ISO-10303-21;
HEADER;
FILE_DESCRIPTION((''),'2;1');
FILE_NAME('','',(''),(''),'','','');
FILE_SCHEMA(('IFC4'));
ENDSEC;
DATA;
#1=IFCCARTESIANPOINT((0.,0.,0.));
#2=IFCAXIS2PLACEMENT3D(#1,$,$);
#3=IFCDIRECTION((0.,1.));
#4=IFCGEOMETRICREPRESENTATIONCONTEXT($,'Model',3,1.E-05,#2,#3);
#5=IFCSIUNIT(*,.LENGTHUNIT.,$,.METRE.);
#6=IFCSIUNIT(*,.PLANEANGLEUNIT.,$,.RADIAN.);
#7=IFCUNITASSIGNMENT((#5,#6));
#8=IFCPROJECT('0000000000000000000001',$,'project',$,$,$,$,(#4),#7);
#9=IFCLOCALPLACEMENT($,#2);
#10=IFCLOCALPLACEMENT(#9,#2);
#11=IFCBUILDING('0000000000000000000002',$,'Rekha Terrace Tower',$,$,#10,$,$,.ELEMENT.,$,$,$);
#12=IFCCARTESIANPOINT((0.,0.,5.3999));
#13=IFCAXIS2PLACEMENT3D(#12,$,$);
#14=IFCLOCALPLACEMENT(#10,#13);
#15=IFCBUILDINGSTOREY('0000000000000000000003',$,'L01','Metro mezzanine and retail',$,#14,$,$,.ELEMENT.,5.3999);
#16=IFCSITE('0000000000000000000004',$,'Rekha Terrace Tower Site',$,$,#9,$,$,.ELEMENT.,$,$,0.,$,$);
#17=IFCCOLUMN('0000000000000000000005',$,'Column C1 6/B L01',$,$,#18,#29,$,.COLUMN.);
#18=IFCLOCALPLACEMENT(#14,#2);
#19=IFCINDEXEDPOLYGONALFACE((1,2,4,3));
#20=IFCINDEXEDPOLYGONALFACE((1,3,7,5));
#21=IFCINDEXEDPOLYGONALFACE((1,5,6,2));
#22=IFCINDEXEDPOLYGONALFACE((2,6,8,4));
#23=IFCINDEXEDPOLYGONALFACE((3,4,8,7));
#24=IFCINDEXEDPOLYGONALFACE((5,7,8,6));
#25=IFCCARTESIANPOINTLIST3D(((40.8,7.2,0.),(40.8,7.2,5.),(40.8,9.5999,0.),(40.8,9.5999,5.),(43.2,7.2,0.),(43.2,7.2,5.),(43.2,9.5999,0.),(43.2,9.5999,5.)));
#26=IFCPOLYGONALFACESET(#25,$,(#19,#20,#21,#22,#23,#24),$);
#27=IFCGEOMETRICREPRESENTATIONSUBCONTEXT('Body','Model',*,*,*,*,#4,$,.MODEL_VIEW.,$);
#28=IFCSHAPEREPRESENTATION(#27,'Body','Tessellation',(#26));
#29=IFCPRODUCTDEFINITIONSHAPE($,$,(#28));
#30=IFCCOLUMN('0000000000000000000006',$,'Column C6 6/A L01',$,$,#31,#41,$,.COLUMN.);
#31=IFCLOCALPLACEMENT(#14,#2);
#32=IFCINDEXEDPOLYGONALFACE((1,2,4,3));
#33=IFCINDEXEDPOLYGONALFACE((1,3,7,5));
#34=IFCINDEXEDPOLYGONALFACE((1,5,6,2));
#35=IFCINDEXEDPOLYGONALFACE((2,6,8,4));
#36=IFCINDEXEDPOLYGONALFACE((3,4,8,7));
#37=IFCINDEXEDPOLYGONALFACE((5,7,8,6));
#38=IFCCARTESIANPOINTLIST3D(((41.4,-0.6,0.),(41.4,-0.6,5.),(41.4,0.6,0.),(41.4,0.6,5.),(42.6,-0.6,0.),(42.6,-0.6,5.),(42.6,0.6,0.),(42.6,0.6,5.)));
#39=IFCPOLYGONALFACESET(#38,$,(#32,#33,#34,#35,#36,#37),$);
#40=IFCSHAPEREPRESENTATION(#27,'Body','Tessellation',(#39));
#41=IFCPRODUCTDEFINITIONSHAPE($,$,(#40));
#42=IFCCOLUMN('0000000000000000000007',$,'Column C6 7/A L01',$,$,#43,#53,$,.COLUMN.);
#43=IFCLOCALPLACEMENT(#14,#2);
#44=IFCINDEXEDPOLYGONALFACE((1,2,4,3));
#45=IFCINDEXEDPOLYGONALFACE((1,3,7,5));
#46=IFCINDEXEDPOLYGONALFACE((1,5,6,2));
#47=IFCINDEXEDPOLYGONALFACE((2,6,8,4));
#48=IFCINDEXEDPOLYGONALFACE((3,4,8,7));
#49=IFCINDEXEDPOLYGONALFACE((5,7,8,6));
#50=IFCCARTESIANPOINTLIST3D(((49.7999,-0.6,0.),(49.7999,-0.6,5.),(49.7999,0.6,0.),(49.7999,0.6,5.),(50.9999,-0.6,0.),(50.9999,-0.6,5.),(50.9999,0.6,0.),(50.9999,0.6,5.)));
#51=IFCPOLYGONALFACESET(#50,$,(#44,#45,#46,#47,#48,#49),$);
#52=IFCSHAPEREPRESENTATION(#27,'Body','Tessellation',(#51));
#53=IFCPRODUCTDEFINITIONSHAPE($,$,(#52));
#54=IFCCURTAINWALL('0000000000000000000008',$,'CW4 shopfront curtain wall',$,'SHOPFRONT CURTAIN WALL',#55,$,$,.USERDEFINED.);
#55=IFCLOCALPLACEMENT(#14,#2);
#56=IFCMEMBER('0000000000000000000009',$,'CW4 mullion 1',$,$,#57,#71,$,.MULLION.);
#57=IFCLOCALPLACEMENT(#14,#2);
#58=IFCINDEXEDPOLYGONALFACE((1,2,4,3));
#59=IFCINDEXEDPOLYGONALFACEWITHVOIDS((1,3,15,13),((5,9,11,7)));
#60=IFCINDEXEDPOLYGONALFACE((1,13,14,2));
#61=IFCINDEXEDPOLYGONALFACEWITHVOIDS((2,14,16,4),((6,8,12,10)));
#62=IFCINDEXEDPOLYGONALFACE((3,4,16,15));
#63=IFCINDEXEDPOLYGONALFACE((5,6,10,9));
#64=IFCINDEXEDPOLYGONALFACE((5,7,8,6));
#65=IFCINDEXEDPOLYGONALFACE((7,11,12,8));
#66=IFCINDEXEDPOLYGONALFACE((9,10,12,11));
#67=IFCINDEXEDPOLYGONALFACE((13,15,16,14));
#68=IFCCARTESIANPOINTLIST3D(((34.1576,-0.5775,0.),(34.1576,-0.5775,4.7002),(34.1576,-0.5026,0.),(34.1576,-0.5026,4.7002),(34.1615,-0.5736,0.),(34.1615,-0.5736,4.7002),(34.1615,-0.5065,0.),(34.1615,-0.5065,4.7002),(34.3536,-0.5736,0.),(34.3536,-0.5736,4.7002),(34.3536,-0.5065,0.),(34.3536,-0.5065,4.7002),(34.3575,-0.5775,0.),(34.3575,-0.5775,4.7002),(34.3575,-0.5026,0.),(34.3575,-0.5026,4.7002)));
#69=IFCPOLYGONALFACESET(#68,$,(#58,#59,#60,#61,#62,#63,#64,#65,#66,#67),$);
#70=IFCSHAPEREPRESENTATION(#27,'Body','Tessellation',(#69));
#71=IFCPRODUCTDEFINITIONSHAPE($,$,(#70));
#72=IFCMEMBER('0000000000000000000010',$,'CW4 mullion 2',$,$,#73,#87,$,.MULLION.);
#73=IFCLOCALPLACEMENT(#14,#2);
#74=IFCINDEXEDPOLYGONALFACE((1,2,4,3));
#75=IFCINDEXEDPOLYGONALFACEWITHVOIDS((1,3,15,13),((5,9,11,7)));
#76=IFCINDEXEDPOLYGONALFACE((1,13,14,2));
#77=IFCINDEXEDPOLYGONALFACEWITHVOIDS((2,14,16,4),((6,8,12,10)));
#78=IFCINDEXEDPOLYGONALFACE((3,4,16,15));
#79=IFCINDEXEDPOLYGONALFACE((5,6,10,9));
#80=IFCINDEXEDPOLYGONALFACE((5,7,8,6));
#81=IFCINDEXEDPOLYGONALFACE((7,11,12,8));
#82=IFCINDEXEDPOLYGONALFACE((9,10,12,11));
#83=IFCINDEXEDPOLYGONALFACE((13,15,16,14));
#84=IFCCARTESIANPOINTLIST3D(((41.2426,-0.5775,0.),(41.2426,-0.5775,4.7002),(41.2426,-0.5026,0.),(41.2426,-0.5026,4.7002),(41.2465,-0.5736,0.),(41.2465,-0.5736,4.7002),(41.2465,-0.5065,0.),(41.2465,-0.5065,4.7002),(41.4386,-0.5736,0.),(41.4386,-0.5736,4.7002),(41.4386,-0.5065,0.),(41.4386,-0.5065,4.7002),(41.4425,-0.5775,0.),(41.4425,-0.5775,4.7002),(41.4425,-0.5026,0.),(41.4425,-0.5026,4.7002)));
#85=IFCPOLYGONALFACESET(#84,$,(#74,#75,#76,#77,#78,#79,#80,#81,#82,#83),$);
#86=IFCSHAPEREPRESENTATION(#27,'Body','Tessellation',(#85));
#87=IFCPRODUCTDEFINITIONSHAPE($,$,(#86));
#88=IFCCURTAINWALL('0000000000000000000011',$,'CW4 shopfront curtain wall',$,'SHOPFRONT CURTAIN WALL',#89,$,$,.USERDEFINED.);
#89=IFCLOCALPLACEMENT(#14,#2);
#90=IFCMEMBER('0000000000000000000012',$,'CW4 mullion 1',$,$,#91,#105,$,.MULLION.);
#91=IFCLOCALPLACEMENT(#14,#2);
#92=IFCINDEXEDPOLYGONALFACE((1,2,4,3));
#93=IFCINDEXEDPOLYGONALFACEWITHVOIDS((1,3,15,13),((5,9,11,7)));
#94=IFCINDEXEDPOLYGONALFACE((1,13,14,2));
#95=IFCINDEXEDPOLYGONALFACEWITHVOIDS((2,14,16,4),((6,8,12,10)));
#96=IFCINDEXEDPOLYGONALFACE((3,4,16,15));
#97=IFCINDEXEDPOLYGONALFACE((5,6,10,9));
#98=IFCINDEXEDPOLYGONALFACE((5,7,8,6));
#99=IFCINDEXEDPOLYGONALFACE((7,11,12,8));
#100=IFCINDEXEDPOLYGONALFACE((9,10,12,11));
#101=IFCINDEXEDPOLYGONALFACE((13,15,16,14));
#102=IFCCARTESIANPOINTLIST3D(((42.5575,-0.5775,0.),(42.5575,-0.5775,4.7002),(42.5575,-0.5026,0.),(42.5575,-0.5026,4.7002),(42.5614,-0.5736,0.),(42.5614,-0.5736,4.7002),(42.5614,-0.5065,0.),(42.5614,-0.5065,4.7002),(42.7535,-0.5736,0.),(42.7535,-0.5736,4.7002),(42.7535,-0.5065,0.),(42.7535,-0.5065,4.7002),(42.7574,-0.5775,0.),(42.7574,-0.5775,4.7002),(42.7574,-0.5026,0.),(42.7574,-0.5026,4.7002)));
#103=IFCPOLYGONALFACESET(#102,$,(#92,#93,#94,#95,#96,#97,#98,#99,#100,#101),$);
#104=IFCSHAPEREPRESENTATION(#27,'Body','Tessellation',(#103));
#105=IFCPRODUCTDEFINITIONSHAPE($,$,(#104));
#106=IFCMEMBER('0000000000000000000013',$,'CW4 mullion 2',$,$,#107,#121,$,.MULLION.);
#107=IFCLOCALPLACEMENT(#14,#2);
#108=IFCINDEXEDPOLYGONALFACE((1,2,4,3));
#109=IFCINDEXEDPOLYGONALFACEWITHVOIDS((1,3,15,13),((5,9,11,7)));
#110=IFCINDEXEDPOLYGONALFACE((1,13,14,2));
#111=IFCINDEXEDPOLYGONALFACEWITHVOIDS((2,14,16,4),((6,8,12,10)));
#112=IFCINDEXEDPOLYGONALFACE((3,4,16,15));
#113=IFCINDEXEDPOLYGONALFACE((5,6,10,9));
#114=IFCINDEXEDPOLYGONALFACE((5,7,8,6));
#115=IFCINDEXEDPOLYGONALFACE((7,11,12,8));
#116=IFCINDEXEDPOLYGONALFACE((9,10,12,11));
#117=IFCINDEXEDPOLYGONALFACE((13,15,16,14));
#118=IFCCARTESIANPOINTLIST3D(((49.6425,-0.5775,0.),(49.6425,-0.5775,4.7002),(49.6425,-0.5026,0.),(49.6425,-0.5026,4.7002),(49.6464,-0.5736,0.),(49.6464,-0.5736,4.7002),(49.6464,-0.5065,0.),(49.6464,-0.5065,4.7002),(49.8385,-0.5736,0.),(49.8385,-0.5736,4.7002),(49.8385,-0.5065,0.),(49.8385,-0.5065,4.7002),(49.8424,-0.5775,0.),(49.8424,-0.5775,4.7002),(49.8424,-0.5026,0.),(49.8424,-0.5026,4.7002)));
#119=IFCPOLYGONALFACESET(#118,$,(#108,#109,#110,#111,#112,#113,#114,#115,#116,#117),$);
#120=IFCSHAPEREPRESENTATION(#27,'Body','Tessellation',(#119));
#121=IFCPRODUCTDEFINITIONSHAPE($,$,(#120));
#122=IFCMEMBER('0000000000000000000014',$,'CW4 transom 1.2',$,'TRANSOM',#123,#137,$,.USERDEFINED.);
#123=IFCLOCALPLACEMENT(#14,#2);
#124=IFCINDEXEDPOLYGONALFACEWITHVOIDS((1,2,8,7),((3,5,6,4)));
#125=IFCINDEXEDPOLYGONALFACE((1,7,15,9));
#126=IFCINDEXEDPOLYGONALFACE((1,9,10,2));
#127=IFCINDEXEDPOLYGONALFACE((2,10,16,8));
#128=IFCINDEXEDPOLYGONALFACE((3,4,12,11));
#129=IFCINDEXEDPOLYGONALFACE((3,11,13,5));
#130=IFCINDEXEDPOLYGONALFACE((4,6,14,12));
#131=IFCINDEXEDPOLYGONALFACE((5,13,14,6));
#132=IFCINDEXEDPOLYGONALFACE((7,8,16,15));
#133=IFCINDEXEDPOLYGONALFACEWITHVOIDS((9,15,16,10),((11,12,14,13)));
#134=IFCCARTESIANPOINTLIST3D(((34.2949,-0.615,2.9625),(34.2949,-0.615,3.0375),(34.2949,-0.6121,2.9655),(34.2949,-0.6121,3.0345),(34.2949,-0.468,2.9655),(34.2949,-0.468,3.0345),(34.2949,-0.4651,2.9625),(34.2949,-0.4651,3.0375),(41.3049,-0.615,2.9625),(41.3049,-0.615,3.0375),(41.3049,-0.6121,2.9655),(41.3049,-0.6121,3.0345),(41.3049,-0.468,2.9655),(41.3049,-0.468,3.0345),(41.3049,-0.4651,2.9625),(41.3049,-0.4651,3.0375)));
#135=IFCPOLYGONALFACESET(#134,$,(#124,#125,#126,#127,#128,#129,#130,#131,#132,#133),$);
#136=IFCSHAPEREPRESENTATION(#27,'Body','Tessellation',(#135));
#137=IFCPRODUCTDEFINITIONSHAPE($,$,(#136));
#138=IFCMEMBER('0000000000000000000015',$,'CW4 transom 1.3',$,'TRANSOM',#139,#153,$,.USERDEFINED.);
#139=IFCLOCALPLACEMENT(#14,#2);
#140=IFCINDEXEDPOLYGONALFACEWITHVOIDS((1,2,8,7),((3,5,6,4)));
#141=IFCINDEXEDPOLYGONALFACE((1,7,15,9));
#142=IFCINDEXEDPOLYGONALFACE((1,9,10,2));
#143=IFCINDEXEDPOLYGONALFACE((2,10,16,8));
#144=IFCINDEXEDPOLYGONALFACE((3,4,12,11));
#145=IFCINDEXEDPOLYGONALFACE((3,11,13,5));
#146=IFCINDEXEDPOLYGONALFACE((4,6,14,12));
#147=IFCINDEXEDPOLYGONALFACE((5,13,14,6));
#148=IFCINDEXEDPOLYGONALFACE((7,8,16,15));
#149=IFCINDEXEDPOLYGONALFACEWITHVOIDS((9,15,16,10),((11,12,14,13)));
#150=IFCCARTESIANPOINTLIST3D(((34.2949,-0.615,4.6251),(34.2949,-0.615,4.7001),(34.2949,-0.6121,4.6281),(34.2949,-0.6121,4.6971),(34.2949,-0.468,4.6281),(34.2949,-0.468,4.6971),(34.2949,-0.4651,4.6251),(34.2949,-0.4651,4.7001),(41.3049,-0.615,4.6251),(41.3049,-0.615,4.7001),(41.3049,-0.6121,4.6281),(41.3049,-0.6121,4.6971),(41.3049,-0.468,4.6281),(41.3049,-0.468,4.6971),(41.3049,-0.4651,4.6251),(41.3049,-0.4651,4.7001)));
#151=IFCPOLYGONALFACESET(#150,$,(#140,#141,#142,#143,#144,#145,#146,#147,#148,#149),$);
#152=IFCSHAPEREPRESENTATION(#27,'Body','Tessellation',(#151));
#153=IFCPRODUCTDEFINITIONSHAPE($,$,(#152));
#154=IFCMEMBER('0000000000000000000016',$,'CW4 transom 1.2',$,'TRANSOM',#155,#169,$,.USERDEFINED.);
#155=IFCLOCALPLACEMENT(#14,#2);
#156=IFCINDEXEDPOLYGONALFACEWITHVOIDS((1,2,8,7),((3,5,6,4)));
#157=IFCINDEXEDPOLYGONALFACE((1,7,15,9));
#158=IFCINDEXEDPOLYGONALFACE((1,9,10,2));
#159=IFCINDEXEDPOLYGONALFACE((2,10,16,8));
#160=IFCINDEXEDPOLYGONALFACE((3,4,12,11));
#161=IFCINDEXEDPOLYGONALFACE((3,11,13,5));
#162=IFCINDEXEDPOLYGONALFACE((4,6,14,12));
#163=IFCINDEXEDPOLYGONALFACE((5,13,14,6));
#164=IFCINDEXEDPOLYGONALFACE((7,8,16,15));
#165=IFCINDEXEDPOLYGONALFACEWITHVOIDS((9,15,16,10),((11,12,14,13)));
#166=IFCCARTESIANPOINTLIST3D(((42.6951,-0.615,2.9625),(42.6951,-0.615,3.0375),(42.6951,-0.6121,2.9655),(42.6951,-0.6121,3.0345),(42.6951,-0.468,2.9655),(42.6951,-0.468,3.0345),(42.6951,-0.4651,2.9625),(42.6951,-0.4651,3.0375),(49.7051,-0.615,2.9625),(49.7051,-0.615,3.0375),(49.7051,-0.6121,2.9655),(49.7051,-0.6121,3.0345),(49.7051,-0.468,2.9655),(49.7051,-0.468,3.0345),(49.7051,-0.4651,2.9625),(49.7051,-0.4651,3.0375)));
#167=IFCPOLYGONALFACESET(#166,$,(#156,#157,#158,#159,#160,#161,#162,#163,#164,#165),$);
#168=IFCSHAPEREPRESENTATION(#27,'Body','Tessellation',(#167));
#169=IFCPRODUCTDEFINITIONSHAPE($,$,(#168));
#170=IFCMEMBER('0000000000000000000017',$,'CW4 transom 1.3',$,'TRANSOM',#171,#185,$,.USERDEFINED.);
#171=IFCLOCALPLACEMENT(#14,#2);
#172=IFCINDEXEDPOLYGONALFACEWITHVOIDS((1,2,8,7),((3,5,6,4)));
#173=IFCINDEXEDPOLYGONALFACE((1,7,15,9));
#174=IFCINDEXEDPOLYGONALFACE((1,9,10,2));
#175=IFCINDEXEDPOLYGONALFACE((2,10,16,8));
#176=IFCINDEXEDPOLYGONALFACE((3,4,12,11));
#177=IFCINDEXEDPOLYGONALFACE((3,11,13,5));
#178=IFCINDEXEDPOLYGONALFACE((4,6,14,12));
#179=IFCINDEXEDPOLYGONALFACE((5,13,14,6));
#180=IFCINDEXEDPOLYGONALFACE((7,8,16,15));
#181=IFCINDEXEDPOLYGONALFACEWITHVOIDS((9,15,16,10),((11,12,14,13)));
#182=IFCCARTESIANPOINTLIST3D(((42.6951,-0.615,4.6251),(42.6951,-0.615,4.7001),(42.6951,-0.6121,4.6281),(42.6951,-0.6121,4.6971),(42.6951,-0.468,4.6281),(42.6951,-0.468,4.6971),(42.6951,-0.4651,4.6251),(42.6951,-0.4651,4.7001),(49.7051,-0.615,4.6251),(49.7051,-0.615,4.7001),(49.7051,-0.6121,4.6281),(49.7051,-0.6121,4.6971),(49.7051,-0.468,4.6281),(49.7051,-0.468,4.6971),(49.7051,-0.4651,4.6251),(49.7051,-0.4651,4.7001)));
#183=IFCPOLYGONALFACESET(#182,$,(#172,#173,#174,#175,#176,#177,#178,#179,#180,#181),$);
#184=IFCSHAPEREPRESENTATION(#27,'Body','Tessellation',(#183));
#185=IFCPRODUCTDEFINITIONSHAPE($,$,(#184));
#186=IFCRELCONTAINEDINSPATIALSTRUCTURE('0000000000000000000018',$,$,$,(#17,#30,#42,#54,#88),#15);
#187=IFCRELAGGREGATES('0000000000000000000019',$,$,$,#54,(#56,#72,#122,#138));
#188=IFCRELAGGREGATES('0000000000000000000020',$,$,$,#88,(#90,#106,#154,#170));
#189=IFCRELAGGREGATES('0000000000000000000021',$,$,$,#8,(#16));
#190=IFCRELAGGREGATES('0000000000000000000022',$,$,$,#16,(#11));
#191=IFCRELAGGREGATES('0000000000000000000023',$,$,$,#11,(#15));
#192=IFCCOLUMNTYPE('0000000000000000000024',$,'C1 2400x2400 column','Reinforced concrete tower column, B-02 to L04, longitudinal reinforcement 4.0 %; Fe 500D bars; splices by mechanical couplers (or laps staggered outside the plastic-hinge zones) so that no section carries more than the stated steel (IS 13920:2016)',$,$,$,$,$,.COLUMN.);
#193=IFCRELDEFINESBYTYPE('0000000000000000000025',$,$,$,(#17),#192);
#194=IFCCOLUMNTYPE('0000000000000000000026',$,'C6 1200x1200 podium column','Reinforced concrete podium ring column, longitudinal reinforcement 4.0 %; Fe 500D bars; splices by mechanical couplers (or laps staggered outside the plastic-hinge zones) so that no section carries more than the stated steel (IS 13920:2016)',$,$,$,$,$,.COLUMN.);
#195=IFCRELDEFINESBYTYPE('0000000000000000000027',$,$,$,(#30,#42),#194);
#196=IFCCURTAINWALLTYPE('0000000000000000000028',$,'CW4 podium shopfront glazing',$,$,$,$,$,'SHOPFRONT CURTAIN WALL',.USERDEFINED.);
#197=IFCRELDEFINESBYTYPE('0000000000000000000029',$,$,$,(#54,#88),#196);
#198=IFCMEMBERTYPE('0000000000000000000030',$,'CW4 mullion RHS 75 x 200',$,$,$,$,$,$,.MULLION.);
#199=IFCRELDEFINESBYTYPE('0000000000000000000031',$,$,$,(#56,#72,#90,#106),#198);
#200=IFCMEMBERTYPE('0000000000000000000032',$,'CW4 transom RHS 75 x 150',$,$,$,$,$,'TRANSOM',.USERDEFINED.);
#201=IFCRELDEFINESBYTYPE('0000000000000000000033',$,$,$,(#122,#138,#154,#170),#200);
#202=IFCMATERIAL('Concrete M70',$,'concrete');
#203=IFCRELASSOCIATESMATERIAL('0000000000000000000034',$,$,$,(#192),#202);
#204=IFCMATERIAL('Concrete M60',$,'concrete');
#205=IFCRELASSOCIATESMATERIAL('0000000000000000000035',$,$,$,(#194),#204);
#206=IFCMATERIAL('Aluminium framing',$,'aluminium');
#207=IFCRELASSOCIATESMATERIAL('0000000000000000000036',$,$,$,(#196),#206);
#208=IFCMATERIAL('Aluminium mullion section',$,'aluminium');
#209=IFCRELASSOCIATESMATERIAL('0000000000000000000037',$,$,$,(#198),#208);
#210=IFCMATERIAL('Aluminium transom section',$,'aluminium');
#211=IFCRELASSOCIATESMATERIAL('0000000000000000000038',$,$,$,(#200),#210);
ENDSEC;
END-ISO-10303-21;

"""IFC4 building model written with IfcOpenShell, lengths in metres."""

from ifc_helpers import new_model, si_unit, direction, frame, origin, origin_2d, place, context, subcontext, project, spatial, rectangle, hollow_rectangle, extrude, material, material_profile, profile_set, type_object, element, aggregate, save


model = new_model("IFC4")

# Units and contexts
model_context = context("Model", 3, precision=1e-05, world=origin(), true_north=direction((0.0, 1.0)))
body_context = subcontext(model_context, "Body", "Model", "MODEL_VIEW")
ifc_project = project(units=[si_unit("LENGTHUNIT", "METRE"), si_unit("PLANEANGLEUNIT", "RADIAN")], contexts=[model_context])

# Site, building, storey
site_placement = place(None, origin())
site = spatial("IfcSite", under=ifc_project, at=site_placement, Name="Rekha Terrace Tower Site", CompositionType="ELEMENT", RefElevation=0.0)
building_placement = place(site_placement, origin())
building = spatial("IfcBuilding", under=site, at=building_placement, Name="Rekha Terrace Tower", CompositionType="ELEMENT")
storey_placement = place(building_placement, frame((0.0, 0.0, 5.3999)))
storey = spatial("IfcBuildingStorey", under=building, at=storey_placement, Name="L01", Description="Metro mezzanine and retail", CompositionType="ELEMENT", Elevation=5.3999)

# Columns
ifc_material_1 = material(Name="Concrete M70", Category="concrete")
ifc_material_profile_1 = material_profile(ifc_material_1, rectangle(XDim=2.3999, YDim=2.3999, at=origin_2d()), Name="RC 2400x2400")
ifc_profile_set_1 = profile_set([ifc_material_profile_1], Name="Concrete M70")
column_type_1 = type_object("IfcColumnType", Name="C1 2400x2400 column", Description="Reinforced concrete tower column, B-02 to L04, longitudinal reinforcement 4.0 %; Fe 500D bars; splices by mechanical couplers (or laps staggered outside the plastic-hinge zones) so that no section carries more than the stated steel (IS 13920:2016)", PredefinedType="COLUMN", material=ifc_profile_set_1)
column_placement = place(storey_placement, frame((42.0, 8.3999, 0.0), z_axis=(0.0, 0.0, 1.0), x_axis=(1.0, 0.0, 0.0)))
element("IfcColumn", 1, at=column_placement, inside=storey, type_object=column_type_1, Name="Column C1 6/B L01", PredefinedType="COLUMN", context=body_context, shape_type="SweptSolid", body=[
    extrude(rectangle(XDim=2.3999, YDim=2.3999, at=origin_2d()), origin(), (0.0, 0.0, 1.0), 5.0),
])
ifc_material_2 = material(Name="Concrete M60", Category="concrete")
ifc_material_profile_2 = material_profile(ifc_material_2, rectangle(XDim=1.2, YDim=1.2, at=origin_2d()), Name="RC 1200x1200")
ifc_profile_set_2 = profile_set([ifc_material_profile_2], Name="Concrete M60")
column_type_2 = type_object("IfcColumnType", Name="C6 1200x1200 podium column", Description="Reinforced concrete podium ring column, longitudinal reinforcement 4.0 %; Fe 500D bars; splices by mechanical couplers (or laps staggered outside the plastic-hinge zones) so that no section carries more than the stated steel (IS 13920:2016)", PredefinedType="COLUMN", material=ifc_profile_set_2)
for number, where, z_axis, x_axis, name in (
    (2, (42.0, 0.0, 0.0), (0.0, 0.0, 1.0), (1.0, 0.0, 0.0), "Column C6 6/A L01"),
    (3, (50.3999, 0.0, 0.0), (0.0, 0.0, 1.0), (1.0, 0.0, 0.0), "Column C6 7/A L01"),
):
    element("IfcColumn", number, at=place(storey_placement, frame(where, z_axis=z_axis, x_axis=x_axis)), inside=storey, type_object=column_type_2, Name=name, PredefinedType="COLUMN", context=body_context, shape_type="SweptSolid", body=[
        extrude(rectangle(XDim=1.2, YDim=1.2, at=origin_2d()), origin(), (0.0, 0.0, 1.0), 5.0),
    ])

# Curtain walls, members
ifc_material_3 = material(Name="Aluminium framing", Category="aluminium")
curtain_wall_type = type_object("IfcCurtainWallType", Name="CW4 podium shopfront glazing", ElementType="SHOPFRONT CURTAIN WALL", PredefinedType="USERDEFINED", material=ifc_material_3)
curtain_wall_1_placement = place(storey_placement, origin())
curtain_wall_1 = element("IfcCurtainWall", 4, at=curtain_wall_1_placement, inside=storey, type_object=curtain_wall_type, Name="CW4 shopfront curtain wall", ObjectType="SHOPFRONT CURTAIN WALL", PredefinedType="USERDEFINED")
ifc_material_4 = material(Name="Aluminium mullion section", Category="aluminium")
ifc_material_profile_3 = material_profile(ifc_material_4, hollow_rectangle(XDim=0.075, YDim=0.2, WallThickness=0.0039, at=origin_2d()), Name="AL RHS 75x200")
ifc_profile_set_3 = profile_set([ifc_material_profile_3], Name="Aluminium mullion section")
member_type_1 = type_object("IfcMemberType", Name="CW4 mullion RHS 75 x 200", PredefinedType="MULLION", material=ifc_profile_set_3)
member_1_placement = place(storey_placement, frame((34.2576, -0.54, 0.0), z_axis=(0.0, 0.0, 1.0), x_axis=(0.0, 1.0, 0.0)))
member_1 = element("IfcMember", 5, at=member_1_placement, type_object=member_type_1, Name="CW4 mullion 1", PredefinedType="MULLION", context=body_context, shape_type="SweptSolid", body=[
    extrude(hollow_rectangle(XDim=0.075, YDim=0.2, WallThickness=0.0039, at=origin_2d()), origin(), (0.0, 0.0, 1.0), 4.7002),
])
member_2_placement = place(storey_placement, frame((41.3425, -0.54, 0.0), z_axis=(0.0, 0.0, 1.0), x_axis=(0.0, 1.0, 0.0)))
member_2 = element("IfcMember", 6, at=member_2_placement, type_object=member_type_1, Name="CW4 mullion 2", PredefinedType="MULLION", context=body_context, shape_type="SweptSolid", body=[
    extrude(hollow_rectangle(XDim=0.075, YDim=0.2, WallThickness=0.0039, at=origin_2d()), origin(), (0.0, 0.0, 1.0), 4.7002),
])
curtain_wall_2_placement = place(storey_placement, origin())
curtain_wall_2 = element("IfcCurtainWall", 7, at=curtain_wall_2_placement, inside=storey, type_object=curtain_wall_type, Name="CW4 shopfront curtain wall", ObjectType="SHOPFRONT CURTAIN WALL", PredefinedType="USERDEFINED")
member_3_placement = place(storey_placement, frame((42.6575, -0.54, 0.0), z_axis=(0.0, 0.0, 1.0), x_axis=(0.0, 1.0, 0.0)))
member_3 = element("IfcMember", 8, at=member_3_placement, type_object=member_type_1, Name="CW4 mullion 1", PredefinedType="MULLION", context=body_context, shape_type="SweptSolid", body=[
    extrude(hollow_rectangle(XDim=0.075, YDim=0.2, WallThickness=0.0039, at=origin_2d()), origin(), (0.0, 0.0, 1.0), 4.7002),
])
member_4_placement = place(storey_placement, frame((49.7424, -0.54, 0.0), z_axis=(0.0, 0.0, 1.0), x_axis=(0.0, 1.0, 0.0)))
member_4 = element("IfcMember", 9, at=member_4_placement, type_object=member_type_1, Name="CW4 mullion 2", PredefinedType="MULLION", context=body_context, shape_type="SweptSolid", body=[
    extrude(hollow_rectangle(XDim=0.075, YDim=0.2, WallThickness=0.0039, at=origin_2d()), origin(), (0.0, 0.0, 1.0), 4.7002),
])

# Members
ifc_material_5 = material(Name="Aluminium transom section", Category="aluminium")
ifc_material_profile_4 = material_profile(ifc_material_5, hollow_rectangle(XDim=0.1499, YDim=0.075, WallThickness=0.0029, at=origin_2d()), Name="AL RHS 150x75")
ifc_profile_set_4 = profile_set([ifc_material_profile_4], Name="Aluminium transom section")
member_type_2 = type_object("IfcMemberType", Name="CW4 transom RHS 75 x 150", ElementType="TRANSOM", PredefinedType="USERDEFINED", material=ifc_profile_set_4)
member_5_placement = place(storey_placement, frame((34.2949, -0.54, 3.0), z_axis=(1.0, 0.0, 0.0), x_axis=(0.0, 1.0, 0.0)))
member_5 = element("IfcMember", 10, at=member_5_placement, type_object=member_type_2, Name="CW4 transom 1.2", ObjectType="TRANSOM", PredefinedType="USERDEFINED", context=body_context, shape_type="SweptSolid", body=[
    extrude(hollow_rectangle(XDim=0.1499, YDim=0.075, WallThickness=0.0029, at=origin_2d()), origin(), (0.0, 0.0, 1.0), 7.01),
])
member_6_placement = place(storey_placement, frame((34.2949, -0.54, 4.6626), z_axis=(1.0, 0.0, 0.0), x_axis=(0.0, 1.0, 0.0)))
member_6 = element("IfcMember", 11, at=member_6_placement, type_object=member_type_2, Name="CW4 transom 1.3", ObjectType="TRANSOM", PredefinedType="USERDEFINED", context=body_context, shape_type="SweptSolid", body=[
    extrude(hollow_rectangle(XDim=0.1499, YDim=0.075, WallThickness=0.0029, at=origin_2d()), origin(), (0.0, 0.0, 1.0), 7.01),
])
member_7_placement = place(storey_placement, frame((42.6951, -0.54, 3.0), z_axis=(1.0, 0.0, 0.0), x_axis=(0.0, 1.0, 0.0)))
member_7 = element("IfcMember", 12, at=member_7_placement, type_object=member_type_2, Name="CW4 transom 1.2", ObjectType="TRANSOM", PredefinedType="USERDEFINED", context=body_context, shape_type="SweptSolid", body=[
    extrude(hollow_rectangle(XDim=0.1499, YDim=0.075, WallThickness=0.0029, at=origin_2d()), origin(), (0.0, 0.0, 1.0), 7.01),
])
member_8_placement = place(storey_placement, frame((42.6951, -0.54, 4.6626), z_axis=(1.0, 0.0, 0.0), x_axis=(0.0, 1.0, 0.0)))
member_8 = element("IfcMember", 13, at=member_8_placement, type_object=member_type_2, Name="CW4 transom 1.3", ObjectType="TRANSOM", PredefinedType="USERDEFINED", context=body_context, shape_type="SweptSolid", body=[
    extrude(hollow_rectangle(XDim=0.1499, YDim=0.075, WallThickness=0.0029, at=origin_2d()), origin(), (0.0, 0.0, 1.0), 7.01),
])

aggregate(curtain_wall_1, [member_1, member_2, member_5, member_6])
aggregate(curtain_wall_2, [member_3, member_4, member_7, member_8])

save(model, "model.ifc")
